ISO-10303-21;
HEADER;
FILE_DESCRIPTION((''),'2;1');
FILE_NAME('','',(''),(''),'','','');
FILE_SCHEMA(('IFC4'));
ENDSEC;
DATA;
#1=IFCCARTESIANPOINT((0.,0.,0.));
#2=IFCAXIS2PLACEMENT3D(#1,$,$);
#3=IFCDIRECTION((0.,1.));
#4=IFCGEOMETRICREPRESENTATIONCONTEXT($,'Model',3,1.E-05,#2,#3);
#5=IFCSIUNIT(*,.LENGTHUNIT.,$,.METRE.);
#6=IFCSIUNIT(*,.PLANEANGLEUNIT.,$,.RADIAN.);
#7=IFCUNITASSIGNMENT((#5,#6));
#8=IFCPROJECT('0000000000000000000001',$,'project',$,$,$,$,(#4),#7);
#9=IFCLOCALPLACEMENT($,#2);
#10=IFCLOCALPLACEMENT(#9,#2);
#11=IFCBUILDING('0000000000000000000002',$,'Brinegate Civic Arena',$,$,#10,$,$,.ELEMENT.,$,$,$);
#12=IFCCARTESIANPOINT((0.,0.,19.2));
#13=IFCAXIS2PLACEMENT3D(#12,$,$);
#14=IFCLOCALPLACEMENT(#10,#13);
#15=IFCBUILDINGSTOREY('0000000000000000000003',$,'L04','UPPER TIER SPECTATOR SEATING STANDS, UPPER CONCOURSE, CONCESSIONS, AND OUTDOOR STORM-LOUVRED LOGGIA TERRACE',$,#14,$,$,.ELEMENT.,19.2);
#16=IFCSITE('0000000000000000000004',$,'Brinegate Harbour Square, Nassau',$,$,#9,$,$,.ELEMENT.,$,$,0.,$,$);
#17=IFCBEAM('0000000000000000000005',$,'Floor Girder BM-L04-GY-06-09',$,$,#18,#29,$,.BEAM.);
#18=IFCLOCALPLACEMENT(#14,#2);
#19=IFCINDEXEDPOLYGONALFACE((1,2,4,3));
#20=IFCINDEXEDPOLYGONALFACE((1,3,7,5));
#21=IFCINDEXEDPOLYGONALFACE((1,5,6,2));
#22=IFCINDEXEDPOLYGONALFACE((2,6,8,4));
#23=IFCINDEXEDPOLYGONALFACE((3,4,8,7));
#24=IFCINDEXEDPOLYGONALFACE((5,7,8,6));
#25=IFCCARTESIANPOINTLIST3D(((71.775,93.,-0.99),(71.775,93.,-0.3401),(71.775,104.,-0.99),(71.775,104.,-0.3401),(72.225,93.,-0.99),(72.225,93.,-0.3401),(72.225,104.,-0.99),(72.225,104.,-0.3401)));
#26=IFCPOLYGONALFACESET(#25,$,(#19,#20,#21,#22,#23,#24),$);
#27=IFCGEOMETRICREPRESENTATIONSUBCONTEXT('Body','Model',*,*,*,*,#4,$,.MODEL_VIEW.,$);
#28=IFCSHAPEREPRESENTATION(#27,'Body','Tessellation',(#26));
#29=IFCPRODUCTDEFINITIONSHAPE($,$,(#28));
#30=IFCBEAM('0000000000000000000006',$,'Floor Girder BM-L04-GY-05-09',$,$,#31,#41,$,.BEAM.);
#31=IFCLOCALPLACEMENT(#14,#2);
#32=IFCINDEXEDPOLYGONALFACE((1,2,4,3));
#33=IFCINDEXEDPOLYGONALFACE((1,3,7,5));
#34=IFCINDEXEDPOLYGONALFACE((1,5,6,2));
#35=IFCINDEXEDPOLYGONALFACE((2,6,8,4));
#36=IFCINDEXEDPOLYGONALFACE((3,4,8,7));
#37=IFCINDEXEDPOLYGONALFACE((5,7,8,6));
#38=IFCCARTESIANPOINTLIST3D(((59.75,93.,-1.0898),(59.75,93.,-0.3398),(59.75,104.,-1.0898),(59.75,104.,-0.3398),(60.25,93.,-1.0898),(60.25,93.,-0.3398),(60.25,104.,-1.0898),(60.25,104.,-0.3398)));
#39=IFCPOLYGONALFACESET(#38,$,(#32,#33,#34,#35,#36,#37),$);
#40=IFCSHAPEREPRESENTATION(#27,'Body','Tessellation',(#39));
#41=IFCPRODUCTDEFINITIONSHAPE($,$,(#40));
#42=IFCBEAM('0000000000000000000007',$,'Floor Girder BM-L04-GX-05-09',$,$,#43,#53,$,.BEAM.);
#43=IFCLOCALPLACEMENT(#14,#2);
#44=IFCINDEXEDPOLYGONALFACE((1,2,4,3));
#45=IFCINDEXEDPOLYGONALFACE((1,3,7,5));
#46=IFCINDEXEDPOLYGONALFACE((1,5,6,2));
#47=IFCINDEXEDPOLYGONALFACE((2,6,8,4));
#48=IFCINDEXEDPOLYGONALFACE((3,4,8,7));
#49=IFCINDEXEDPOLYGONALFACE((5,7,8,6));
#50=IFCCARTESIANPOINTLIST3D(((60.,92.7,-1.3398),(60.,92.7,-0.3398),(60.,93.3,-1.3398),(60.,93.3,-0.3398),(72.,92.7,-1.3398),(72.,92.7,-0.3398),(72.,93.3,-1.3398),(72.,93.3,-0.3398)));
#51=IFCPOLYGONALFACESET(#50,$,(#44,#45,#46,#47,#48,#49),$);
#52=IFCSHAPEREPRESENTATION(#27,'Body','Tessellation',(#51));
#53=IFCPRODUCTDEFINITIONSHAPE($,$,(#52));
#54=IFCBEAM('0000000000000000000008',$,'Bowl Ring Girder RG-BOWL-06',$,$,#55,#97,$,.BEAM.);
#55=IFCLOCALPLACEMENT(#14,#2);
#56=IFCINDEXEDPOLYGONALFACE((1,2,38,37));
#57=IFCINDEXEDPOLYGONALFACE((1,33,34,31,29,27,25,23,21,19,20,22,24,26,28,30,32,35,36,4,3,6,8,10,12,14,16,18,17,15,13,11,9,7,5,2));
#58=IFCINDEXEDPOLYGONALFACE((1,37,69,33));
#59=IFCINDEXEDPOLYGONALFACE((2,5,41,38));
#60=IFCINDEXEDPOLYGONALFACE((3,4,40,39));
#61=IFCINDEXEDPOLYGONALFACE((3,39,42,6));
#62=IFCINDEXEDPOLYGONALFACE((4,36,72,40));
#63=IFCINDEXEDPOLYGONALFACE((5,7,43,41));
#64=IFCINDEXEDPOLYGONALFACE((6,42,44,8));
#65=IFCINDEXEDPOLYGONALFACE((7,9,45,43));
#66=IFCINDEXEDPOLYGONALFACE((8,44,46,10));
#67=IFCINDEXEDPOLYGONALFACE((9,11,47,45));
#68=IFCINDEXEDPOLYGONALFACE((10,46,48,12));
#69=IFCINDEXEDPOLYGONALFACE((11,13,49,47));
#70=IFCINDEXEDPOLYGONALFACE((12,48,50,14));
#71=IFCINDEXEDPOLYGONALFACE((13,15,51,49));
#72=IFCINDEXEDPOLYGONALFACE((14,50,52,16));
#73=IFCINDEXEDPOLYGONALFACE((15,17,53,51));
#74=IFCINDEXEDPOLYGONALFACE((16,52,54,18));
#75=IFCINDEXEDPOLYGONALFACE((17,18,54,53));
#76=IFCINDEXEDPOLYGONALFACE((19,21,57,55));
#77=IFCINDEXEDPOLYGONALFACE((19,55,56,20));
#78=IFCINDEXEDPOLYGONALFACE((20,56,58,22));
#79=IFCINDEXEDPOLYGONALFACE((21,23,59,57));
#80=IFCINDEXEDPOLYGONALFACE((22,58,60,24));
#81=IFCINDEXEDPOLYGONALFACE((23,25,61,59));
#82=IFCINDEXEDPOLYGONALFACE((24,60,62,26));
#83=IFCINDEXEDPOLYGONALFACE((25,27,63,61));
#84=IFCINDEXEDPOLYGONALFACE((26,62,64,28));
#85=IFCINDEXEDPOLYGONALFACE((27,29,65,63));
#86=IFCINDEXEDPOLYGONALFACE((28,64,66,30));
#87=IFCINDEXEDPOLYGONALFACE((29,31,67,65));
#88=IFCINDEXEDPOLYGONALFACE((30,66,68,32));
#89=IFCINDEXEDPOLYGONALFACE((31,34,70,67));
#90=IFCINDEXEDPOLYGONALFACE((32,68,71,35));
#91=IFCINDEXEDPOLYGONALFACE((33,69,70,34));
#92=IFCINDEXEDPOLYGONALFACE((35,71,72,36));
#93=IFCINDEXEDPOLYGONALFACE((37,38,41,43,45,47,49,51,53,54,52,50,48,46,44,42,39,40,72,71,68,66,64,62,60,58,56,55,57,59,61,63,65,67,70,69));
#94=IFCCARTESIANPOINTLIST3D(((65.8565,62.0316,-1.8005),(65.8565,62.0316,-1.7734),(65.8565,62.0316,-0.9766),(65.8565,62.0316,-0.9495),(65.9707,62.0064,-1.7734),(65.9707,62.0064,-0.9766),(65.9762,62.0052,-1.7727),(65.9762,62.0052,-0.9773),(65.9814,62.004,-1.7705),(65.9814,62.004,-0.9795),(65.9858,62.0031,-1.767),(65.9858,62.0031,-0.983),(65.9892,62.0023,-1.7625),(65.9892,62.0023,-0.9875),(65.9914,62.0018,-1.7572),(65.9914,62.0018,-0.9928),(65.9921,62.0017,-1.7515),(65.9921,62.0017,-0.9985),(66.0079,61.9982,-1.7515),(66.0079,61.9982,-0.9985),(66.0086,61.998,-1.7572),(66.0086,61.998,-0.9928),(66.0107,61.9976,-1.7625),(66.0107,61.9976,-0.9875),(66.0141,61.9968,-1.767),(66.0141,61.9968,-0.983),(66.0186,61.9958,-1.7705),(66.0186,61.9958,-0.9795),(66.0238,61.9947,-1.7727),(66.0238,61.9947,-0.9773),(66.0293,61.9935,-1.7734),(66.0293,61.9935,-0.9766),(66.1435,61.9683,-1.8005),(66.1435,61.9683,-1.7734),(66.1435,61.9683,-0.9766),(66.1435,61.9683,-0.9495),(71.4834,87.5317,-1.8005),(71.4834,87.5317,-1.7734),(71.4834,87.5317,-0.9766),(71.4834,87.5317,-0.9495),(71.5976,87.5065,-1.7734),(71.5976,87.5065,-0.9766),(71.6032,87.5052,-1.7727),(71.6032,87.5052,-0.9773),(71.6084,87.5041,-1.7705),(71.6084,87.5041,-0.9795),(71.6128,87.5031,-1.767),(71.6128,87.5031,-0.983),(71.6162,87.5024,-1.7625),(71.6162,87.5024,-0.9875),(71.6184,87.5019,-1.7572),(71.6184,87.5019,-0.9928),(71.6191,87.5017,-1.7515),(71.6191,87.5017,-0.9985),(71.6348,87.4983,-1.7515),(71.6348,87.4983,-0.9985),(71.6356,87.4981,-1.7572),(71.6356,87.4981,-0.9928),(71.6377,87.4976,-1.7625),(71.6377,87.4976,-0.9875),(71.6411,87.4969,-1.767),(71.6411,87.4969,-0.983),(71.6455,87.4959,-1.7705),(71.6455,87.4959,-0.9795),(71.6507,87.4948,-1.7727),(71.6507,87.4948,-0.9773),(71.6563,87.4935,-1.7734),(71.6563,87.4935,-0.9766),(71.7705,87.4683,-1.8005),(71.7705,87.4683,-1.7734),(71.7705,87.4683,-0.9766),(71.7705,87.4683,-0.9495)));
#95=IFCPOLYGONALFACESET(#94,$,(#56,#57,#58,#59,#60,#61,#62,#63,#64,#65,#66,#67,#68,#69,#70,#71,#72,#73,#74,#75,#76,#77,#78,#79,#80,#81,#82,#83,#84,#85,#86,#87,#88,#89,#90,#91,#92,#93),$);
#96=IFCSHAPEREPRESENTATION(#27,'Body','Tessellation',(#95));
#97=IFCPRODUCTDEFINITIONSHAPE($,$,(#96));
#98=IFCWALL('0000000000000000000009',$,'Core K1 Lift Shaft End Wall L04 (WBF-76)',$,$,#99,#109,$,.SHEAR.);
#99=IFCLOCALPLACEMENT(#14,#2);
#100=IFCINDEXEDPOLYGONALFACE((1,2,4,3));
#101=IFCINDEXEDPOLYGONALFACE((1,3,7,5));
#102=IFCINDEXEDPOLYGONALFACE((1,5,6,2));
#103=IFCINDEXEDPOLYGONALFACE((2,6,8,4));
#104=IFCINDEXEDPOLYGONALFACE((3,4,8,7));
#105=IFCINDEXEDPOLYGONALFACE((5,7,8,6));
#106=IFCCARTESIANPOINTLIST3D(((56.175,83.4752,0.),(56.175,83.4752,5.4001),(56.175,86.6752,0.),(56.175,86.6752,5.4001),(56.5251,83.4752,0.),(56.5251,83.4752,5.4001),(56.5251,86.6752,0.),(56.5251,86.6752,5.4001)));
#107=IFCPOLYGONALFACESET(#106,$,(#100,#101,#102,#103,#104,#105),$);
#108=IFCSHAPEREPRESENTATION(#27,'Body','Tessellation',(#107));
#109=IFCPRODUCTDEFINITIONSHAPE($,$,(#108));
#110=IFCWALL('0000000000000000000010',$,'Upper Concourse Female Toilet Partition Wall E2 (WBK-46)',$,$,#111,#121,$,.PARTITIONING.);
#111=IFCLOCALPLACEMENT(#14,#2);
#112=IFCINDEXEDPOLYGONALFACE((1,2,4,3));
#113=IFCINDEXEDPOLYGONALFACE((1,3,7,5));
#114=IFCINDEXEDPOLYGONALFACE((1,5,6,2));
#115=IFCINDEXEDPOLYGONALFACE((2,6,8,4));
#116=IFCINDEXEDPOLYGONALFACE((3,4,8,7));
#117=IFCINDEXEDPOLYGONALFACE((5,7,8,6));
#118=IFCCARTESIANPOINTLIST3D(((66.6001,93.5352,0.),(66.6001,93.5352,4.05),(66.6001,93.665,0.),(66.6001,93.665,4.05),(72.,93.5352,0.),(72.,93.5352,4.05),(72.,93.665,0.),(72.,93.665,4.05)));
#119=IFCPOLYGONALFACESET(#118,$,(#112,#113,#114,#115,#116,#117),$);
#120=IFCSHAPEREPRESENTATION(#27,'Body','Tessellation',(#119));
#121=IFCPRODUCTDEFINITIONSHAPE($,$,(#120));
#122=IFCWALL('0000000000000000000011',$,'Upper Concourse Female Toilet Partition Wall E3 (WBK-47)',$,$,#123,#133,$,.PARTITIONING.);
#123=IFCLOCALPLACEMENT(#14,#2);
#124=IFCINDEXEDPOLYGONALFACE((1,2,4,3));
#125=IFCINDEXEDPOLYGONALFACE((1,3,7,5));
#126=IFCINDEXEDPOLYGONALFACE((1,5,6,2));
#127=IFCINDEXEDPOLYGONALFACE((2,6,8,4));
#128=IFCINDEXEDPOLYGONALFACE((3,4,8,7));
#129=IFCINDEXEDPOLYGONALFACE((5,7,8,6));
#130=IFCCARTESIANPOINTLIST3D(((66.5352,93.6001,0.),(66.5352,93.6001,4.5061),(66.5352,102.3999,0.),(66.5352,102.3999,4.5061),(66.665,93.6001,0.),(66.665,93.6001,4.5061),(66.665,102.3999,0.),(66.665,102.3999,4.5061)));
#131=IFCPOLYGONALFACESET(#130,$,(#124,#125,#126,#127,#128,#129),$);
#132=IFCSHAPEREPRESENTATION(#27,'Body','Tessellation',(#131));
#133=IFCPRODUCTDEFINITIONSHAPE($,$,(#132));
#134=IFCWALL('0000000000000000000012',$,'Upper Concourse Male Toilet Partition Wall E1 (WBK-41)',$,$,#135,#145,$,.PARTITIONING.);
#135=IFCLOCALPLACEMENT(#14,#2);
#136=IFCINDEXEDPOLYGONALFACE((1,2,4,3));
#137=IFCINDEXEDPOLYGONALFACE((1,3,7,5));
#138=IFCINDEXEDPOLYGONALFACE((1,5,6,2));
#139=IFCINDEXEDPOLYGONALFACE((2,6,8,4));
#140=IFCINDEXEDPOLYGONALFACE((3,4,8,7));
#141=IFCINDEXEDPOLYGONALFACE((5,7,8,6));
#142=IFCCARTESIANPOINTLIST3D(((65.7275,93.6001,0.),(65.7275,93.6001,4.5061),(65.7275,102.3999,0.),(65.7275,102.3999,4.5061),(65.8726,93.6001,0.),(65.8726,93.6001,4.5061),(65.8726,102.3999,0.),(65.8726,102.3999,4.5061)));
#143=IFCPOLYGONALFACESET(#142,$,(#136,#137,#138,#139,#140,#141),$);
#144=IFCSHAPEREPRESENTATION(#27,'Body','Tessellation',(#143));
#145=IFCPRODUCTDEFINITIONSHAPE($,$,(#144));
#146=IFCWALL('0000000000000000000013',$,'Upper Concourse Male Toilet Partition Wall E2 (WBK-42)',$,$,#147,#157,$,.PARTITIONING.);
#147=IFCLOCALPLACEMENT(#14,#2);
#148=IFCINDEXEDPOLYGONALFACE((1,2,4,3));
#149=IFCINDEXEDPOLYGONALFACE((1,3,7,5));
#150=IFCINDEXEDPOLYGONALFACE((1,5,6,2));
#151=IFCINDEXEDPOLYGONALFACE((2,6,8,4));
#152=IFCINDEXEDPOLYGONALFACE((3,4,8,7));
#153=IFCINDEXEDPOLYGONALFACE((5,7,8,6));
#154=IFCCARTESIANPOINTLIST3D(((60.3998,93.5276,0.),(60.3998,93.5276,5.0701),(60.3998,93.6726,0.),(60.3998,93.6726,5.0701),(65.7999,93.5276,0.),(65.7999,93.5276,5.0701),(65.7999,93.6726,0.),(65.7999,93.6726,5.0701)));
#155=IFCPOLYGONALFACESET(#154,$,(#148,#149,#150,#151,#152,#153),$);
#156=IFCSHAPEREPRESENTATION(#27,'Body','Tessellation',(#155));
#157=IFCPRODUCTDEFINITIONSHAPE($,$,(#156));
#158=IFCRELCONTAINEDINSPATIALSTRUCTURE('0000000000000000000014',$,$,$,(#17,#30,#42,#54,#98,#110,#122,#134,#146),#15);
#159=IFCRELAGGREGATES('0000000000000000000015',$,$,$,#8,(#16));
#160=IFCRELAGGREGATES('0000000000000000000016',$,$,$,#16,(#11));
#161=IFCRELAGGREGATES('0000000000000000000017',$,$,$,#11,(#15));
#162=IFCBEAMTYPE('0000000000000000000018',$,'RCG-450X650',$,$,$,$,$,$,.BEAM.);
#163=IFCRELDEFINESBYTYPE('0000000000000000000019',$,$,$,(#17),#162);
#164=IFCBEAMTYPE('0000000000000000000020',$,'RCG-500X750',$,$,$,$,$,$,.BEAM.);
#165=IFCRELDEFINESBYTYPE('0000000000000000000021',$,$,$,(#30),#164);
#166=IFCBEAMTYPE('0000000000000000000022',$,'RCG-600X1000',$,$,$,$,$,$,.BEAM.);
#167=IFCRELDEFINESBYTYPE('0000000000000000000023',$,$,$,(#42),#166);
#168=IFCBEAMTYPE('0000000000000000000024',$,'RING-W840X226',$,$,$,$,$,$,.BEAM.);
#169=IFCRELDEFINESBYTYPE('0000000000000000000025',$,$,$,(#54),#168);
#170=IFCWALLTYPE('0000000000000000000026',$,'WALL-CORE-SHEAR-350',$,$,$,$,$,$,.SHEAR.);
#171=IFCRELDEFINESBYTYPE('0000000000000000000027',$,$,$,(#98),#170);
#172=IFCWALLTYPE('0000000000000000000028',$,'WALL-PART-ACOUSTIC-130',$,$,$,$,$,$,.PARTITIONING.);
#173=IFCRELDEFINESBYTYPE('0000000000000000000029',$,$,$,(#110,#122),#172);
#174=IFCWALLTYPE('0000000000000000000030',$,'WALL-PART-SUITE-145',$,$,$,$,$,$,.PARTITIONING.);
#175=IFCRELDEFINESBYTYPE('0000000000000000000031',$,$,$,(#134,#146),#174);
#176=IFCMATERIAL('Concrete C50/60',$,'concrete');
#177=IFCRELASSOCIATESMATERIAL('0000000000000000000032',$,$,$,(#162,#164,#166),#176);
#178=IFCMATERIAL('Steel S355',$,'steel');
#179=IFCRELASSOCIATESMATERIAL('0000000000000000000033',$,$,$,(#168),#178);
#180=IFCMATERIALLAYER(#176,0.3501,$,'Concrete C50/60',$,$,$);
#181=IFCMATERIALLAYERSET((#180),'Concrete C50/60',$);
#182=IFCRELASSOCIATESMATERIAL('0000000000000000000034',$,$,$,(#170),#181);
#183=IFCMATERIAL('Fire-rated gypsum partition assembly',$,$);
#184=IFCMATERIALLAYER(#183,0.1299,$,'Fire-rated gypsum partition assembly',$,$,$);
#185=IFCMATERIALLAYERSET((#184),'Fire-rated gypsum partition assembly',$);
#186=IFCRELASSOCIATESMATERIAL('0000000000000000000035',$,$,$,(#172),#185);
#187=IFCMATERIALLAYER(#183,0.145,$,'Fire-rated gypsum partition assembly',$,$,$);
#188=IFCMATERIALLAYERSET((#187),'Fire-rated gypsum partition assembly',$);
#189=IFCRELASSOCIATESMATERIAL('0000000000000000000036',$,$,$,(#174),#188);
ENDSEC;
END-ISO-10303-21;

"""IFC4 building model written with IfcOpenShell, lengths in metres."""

from ifc_helpers import new_model, si_unit, direction, frame, frame_2d, origin, origin_2d, place, context, subcontext, project, spatial, rectangle, i_section, extrude, material, layer, layer_set, material_profile, profile_set, type_object, element, save


model = new_model("IFC4")

# Units and contexts
model_context = context("Model", 3, precision=1e-05, world=origin(), true_north=direction((0.0, 1.0)))
body_context = subcontext(model_context, "Body", "Model", "MODEL_VIEW")
ifc_project = project(units=[si_unit("LENGTHUNIT", "METRE"), si_unit("PLANEANGLEUNIT", "RADIAN")], contexts=[model_context])

# Site, building, storey
site_placement = place(None, origin())
site = spatial("IfcSite", under=ifc_project, at=site_placement, Name="Brinegate Harbour Square, Nassau", CompositionType="ELEMENT", RefElevation=0.0)
building_placement = place(site_placement, origin())
building = spatial("IfcBuilding", under=site, at=building_placement, Name="Brinegate Civic Arena", CompositionType="ELEMENT")
storey_placement = place(building_placement, frame((0.0, 0.0, 19.2)))
storey = spatial("IfcBuildingStorey", under=building, at=storey_placement, Name="L04", Description="UPPER TIER SPECTATOR SEATING STANDS, UPPER CONCOURSE, CONCESSIONS, AND OUTDOOR STORM-LOUVRED LOGGIA TERRACE", CompositionType="ELEMENT", Elevation=19.2)

# Shared definitions
ifc_material_1 = material(Name="Concrete C50/60", Category="concrete")

# Beams
ifc_material_2 = material(Name="Steel S355", Category="steel")
ifc_material_profile_1 = material_profile(ifc_material_1, rectangle(XDim=0.45, YDim=0.6499, at=origin_2d()), Name="RCB450X650")
ifc_profile_set_1 = profile_set([ifc_material_profile_1], Name="Concrete C50/60")
beam_type_1 = type_object("IfcBeamType", Name="RCG-450X650", PredefinedType="BEAM", material=ifc_profile_set_1)
beam_1_placement = place(storey_placement, frame((72.0, 93.0, -0.665), z_axis=(0.0, 1.0, 0.0), x_axis=(-1.0, 0.0, 0.0)))
element("IfcBeam", 1, at=beam_1_placement, inside=storey, type_object=beam_type_1, Name="Floor Girder BM-L04-GY-06-09", PredefinedType="BEAM", context=body_context, shape_type="SweptSolid", body=[
    extrude(rectangle(XDim=0.45, YDim=0.6499, at=origin_2d()), origin(), (0.0, 0.0, 1.0), 11.0),
])
ifc_material_profile_2 = material_profile(ifc_material_1, rectangle(XDim=0.5, YDim=0.75, at=origin_2d()), Name="RCB500X750")
ifc_profile_set_2 = profile_set([ifc_material_profile_2], Name="Concrete C50/60")
beam_type_2 = type_object("IfcBeamType", Name="RCG-500X750", PredefinedType="BEAM", material=ifc_profile_set_2)
beam_2_placement = place(storey_placement, frame((60.0, 93.0, -0.7148), z_axis=(0.0, 1.0, 0.0), x_axis=(-1.0, 0.0, 0.0)))
element("IfcBeam", 2, at=beam_2_placement, inside=storey, type_object=beam_type_2, Name="Floor Girder BM-L04-GY-05-09", PredefinedType="BEAM", context=body_context, shape_type="SweptSolid", body=[
    extrude(rectangle(XDim=0.5, YDim=0.75, at=origin_2d()), origin(), (0.0, 0.0, 1.0), 11.0),
])
ifc_material_profile_3 = material_profile(ifc_material_1, rectangle(XDim=0.6001, YDim=1.0, at=origin_2d()), Name="RCB600X1000")
ifc_profile_set_3 = profile_set([ifc_material_profile_3], Name="Concrete C50/60")
beam_type_3 = type_object("IfcBeamType", Name="RCG-600X1000", PredefinedType="BEAM", material=ifc_profile_set_3)
beam_3_placement = place(storey_placement, frame((60.0, 93.0, -0.8398), z_axis=(1.0, 0.0, 0.0), x_axis=(0.0, 1.0, 0.0)))
element("IfcBeam", 3, at=beam_3_placement, inside=storey, type_object=beam_type_3, Name="Floor Girder BM-L04-GX-05-09", PredefinedType="BEAM", context=body_context, shape_type="SweptSolid", body=[
    extrude(rectangle(XDim=0.6001, YDim=1.0, at=origin_2d()), origin(), (0.0, 0.0, 1.0), 12.0),
])
ifc_material_profile_4 = material_profile(ifc_material_2, i_section(OverallWidth=0.2939, OverallDepth=0.8511, WebThickness=0.0161, FlangeThickness=0.0271, FilletRadius=0.022, at=origin_2d()), Name="W840X226")
ifc_profile_set_4 = profile_set([ifc_material_profile_4], Name="Steel S355")
beam_type_4 = type_object("IfcBeamType", Name="RING-W840X226", PredefinedType="BEAM", material=ifc_profile_set_4)
beam_4_placement = place(storey_placement, frame((71.627, 87.5, -1.375), z_axis=(-0.215481, -0.976508, 0.0), x_axis=(0.976508, -0.215481, 0.0)))
element("IfcBeam", 4, at=beam_4_placement, inside=storey, type_object=beam_type_4, Name="Bowl Ring Girder RG-BOWL-06", PredefinedType="BEAM", context=body_context, shape_type="SweptSolid", body=[
    extrude(i_section(OverallWidth=0.2939, OverallDepth=0.8511, WebThickness=0.0161, FlangeThickness=0.0271, FilletRadius=0.022, at=origin_2d()), origin(), (0.0, 0.0, 1.0), 26.1135),
])

# Walls
ifc_layer_1 = layer(ifc_material_1, 0.3501, Name="Concrete C50/60")
ifc_layer_set_1 = layer_set([ifc_layer_1], Name="Concrete C50/60")
wall_type_1 = type_object("IfcWallType", Name="WALL-CORE-SHEAR-350", PredefinedType="SHEAR", material=ifc_layer_set_1)
wall_1_placement = place(storey_placement, frame((56.3501, 83.4751, 0.0), z_axis=(0.0, 0.0, 1.0), x_axis=(0.0, 1.0, 0.0)))
element("IfcWall", 5, at=wall_1_placement, inside=storey, type_object=wall_type_1, Name="Core K1 Lift Shaft End Wall L04 (WBF-76)", PredefinedType="SHEAR", context=body_context, shape_type="SweptSolid", body=[
    extrude(rectangle(XDim=3.2, YDim=0.3501, at=frame_2d((1.6001, 0.0))), origin(), (0.0, 0.0, 1.0), 5.4001),
])
ifc_material_3 = material(Name="Fire-rated gypsum partition assembly")
ifc_layer_2 = layer(ifc_material_3, 0.1299, Name="Fire-rated gypsum partition assembly")
ifc_layer_set_2 = layer_set([ifc_layer_2], Name="Fire-rated gypsum partition assembly")
wall_type_2 = type_object("IfcWallType", Name="WALL-PART-ACOUSTIC-130", PredefinedType="PARTITIONING", material=ifc_layer_set_2)
wall_2_placement = place(storey_placement, frame((72.0, 93.6001, 0.0), z_axis=(0.0, 0.0, 1.0), x_axis=(-1.0, 0.0, 0.0)))
element("IfcWall", 6, at=wall_2_placement, inside=storey, type_object=wall_type_2, Name="Upper Concourse Female Toilet Partition Wall E2 (WBK-46)", PredefinedType="PARTITIONING", context=body_context, shape_type="SweptSolid", body=[
    extrude(rectangle(XDim=5.3999, YDim=0.1299, at=frame_2d((2.7, 0.0))), origin(), (0.0, 0.0, 1.0), 4.05),
])
wall_3_placement = place(storey_placement, frame((66.6001, 93.6001, 0.0), z_axis=(0.0, 0.0, 1.0), x_axis=(0.0, 1.0, 0.0)))
element("IfcWall", 7, at=wall_3_placement, inside=storey, type_object=wall_type_2, Name="Upper Concourse Female Toilet Partition Wall E3 (WBK-47)", PredefinedType="PARTITIONING", context=body_context, shape_type="SweptSolid", body=[
    extrude(rectangle(XDim=8.7998, YDim=0.1299, at=frame_2d((4.3999, 0.0))), origin(), (0.0, 0.0, 1.0), 4.5061),
])
ifc_layer_3 = layer(ifc_material_3, 0.145, Name="Fire-rated gypsum partition assembly")
ifc_layer_set_3 = layer_set([ifc_layer_3], Name="Fire-rated gypsum partition assembly")
wall_type_3 = type_object("IfcWallType", Name="WALL-PART-SUITE-145", PredefinedType="PARTITIONING", material=ifc_layer_set_3)
wall_4_placement = place(storey_placement, frame((65.8, 102.3999, 0.0), z_axis=(0.0, 0.0, 1.0), x_axis=(0.0, -1.0, 0.0)))
element("IfcWall", 8, at=wall_4_placement, inside=storey, type_object=wall_type_3, Name="Upper Concourse Male Toilet Partition Wall E1 (WBK-41)", PredefinedType="PARTITIONING", context=body_context, shape_type="SweptSolid", body=[
    extrude(rectangle(XDim=8.7998, YDim=0.145, at=frame_2d((4.3999, 0.0))), origin(), (0.0, 0.0, 1.0), 4.5061),
])
wall_5_placement = place(storey_placement, frame((65.8, 93.6001, 0.0), z_axis=(0.0, 0.0, 1.0), x_axis=(-1.0, 0.0, 0.0)))
element("IfcWall", 9, at=wall_5_placement, inside=storey, type_object=wall_type_3, Name="Upper Concourse Male Toilet Partition Wall E2 (WBK-42)", PredefinedType="PARTITIONING", context=body_context, shape_type="SweptSolid", body=[
    extrude(rectangle(XDim=5.4001, YDim=0.145, at=frame_2d((2.7002, 0.0))), origin(), (0.0, 0.0, 1.0), 5.0701),
])

save(model, "model.ifc")
